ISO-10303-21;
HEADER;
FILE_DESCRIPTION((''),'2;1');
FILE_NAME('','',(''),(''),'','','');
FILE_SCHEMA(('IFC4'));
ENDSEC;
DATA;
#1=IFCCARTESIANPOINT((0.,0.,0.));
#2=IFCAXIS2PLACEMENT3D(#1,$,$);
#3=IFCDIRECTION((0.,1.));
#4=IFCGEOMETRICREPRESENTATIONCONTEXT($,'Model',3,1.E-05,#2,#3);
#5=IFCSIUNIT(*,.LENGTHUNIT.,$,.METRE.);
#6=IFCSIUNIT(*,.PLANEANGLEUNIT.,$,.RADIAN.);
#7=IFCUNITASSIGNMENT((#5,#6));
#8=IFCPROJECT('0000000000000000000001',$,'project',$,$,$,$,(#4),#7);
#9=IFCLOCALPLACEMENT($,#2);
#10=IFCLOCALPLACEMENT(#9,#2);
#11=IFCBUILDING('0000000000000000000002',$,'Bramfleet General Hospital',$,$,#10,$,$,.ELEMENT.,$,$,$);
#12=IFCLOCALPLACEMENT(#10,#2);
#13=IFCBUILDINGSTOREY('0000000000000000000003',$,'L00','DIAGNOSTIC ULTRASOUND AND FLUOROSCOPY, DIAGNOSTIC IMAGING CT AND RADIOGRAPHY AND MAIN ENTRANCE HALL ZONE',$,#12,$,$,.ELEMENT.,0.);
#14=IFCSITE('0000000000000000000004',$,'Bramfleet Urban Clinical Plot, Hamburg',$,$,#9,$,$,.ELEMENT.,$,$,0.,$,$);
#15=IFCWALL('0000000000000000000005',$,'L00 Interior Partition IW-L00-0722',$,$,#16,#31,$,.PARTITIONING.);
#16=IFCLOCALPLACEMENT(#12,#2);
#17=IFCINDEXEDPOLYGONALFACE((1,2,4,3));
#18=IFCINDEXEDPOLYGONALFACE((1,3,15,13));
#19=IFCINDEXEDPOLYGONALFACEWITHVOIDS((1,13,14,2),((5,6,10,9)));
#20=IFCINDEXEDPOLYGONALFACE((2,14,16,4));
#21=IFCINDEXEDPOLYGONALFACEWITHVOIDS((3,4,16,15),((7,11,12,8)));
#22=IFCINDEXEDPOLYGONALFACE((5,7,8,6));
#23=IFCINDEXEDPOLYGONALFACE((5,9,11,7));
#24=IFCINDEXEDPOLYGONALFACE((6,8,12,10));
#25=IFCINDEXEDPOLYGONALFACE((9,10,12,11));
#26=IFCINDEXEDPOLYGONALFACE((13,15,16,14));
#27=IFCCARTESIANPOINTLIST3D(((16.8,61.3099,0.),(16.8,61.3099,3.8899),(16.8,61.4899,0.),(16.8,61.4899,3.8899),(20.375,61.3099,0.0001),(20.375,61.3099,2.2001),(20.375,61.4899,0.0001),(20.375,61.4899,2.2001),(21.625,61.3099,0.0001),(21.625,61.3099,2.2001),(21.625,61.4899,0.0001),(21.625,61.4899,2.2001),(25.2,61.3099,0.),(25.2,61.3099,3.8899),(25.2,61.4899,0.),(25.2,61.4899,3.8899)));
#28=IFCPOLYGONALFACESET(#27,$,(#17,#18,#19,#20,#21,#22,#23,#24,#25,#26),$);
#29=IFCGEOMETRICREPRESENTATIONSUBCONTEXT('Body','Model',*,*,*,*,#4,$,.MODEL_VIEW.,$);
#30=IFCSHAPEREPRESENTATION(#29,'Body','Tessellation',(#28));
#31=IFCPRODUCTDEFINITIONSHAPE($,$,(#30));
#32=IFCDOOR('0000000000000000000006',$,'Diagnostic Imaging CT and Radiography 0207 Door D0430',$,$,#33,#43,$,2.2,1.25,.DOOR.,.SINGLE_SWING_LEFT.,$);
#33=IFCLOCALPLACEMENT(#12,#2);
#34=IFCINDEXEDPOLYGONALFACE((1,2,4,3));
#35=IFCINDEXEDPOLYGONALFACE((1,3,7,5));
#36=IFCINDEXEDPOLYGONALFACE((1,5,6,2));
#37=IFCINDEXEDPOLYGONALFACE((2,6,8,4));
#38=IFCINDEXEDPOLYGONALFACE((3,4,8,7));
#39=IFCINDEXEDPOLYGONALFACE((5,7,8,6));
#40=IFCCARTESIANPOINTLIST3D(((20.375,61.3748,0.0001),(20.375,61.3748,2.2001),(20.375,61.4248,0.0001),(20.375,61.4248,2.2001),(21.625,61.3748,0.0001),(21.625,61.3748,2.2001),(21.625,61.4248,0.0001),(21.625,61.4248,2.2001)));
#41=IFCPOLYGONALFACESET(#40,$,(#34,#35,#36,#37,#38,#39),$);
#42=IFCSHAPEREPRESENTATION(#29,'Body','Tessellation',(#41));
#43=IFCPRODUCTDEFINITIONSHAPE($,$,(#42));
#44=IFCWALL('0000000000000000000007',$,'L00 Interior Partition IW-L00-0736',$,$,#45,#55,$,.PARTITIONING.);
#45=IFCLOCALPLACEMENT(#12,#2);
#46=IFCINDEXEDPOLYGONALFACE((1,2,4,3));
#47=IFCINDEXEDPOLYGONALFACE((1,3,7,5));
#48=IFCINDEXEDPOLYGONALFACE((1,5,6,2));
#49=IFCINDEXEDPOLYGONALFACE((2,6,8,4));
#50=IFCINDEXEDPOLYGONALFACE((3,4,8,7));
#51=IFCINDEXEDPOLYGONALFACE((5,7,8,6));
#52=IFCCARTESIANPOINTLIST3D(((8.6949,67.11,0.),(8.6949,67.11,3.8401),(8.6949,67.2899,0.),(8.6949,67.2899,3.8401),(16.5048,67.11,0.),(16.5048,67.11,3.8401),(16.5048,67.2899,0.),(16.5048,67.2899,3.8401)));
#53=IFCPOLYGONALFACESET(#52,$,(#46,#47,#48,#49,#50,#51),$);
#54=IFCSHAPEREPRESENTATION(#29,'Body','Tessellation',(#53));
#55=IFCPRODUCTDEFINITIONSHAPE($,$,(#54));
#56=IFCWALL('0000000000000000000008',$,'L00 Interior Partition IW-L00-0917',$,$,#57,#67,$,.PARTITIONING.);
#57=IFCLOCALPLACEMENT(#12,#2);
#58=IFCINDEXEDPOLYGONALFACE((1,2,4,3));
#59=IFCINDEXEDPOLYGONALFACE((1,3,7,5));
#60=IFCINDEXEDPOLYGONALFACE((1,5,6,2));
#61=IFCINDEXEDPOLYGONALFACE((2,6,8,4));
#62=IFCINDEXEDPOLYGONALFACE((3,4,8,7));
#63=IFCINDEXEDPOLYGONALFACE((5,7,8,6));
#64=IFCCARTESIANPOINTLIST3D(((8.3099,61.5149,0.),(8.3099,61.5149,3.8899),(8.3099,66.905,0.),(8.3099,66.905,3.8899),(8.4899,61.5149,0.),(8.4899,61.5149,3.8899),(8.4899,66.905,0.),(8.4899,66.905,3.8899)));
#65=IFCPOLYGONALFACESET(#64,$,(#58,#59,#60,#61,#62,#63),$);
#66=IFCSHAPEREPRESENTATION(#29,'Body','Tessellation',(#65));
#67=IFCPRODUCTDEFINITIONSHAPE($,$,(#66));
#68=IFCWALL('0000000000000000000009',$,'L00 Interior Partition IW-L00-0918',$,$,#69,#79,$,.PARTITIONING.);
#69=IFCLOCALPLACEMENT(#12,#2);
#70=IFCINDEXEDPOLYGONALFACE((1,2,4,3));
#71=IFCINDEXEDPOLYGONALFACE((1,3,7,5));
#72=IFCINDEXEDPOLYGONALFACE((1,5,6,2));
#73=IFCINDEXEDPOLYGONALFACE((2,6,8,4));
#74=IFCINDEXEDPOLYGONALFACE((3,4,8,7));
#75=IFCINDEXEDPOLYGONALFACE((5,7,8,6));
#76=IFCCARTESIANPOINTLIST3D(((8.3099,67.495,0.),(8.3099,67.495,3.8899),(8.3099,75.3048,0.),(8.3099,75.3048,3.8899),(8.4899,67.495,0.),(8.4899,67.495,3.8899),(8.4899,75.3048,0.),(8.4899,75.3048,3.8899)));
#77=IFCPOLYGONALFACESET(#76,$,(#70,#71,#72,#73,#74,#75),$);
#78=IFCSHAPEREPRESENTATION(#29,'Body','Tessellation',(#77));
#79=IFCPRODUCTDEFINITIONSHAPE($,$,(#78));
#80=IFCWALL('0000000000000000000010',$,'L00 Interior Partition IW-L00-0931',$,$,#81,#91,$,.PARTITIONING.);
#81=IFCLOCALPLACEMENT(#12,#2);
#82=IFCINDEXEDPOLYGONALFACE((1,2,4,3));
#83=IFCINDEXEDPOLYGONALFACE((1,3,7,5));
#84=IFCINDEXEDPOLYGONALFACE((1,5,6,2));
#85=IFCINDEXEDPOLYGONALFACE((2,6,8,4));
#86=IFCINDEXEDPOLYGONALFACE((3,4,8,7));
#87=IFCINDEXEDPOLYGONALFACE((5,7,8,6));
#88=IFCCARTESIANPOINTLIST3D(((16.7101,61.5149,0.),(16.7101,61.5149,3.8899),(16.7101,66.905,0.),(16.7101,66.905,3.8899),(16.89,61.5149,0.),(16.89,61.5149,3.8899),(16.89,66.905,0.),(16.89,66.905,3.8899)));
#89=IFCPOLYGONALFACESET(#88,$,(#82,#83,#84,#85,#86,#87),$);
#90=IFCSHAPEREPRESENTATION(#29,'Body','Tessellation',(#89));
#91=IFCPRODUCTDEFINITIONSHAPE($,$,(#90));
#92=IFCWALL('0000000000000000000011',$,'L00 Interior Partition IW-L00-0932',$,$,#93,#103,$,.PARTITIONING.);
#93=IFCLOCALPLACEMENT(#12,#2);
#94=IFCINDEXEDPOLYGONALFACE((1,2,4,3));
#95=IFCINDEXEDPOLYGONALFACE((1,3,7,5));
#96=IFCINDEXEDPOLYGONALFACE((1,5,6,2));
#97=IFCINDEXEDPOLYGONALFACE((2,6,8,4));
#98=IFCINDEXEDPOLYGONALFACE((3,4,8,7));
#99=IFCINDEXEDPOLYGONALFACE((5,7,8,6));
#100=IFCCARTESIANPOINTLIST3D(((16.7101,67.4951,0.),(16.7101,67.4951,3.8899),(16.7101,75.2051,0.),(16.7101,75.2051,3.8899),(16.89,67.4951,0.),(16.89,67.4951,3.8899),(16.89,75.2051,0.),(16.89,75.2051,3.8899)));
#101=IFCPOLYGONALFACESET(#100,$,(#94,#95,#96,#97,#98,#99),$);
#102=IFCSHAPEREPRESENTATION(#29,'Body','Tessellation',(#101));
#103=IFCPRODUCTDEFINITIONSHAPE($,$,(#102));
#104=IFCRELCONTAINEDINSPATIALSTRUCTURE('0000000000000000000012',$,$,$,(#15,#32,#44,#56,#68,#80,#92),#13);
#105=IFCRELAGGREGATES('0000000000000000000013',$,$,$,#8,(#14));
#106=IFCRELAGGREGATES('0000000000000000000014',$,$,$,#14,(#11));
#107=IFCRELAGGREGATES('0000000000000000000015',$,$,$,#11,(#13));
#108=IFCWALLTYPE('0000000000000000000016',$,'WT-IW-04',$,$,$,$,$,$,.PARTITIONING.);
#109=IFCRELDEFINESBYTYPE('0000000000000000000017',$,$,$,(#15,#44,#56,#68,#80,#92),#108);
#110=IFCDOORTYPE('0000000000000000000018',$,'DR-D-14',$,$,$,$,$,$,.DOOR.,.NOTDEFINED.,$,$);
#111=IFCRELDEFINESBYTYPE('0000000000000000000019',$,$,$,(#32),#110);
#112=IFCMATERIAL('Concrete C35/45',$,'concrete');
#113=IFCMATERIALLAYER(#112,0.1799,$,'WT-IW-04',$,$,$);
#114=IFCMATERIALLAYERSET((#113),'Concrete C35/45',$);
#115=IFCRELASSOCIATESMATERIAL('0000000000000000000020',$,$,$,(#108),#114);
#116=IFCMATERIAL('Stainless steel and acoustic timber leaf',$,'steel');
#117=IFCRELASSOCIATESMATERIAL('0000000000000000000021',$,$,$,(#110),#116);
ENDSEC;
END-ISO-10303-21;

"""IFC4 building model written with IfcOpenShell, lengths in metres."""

from ifc_helpers import new_model, si_unit, direction, frame, frame_2d, origin, place, context, subcontext, project, spatial, rectangle, extrude, material, layer, layer_set, type_object, element, fill, save


model = new_model("IFC4")

# Units and contexts
model_context = context("Model", 3, precision=1e-05, world=origin(), true_north=direction((0.0, 1.0)))
body_context = subcontext(model_context, "Body", "Model", "MODEL_VIEW")
ifc_project = project(units=[si_unit("LENGTHUNIT", "METRE"), si_unit("PLANEANGLEUNIT", "RADIAN")], contexts=[model_context])

# Site, building, storey
site_placement = place(None, origin())
site = spatial("IfcSite", under=ifc_project, at=site_placement, Name="Bramfleet Urban Clinical Plot, Hamburg", CompositionType="ELEMENT", RefElevation=0.0)
building_placement = place(site_placement, origin())
building = spatial("IfcBuilding", under=site, at=building_placement, Name="Bramfleet General Hospital", CompositionType="ELEMENT")
storey_placement = place(building_placement, origin())
storey = spatial("IfcBuildingStorey", under=building, at=storey_placement, Name="L00", Description="DIAGNOSTIC ULTRASOUND AND FLUOROSCOPY, DIAGNOSTIC IMAGING CT AND RADIOGRAPHY AND MAIN ENTRANCE HALL ZONE", CompositionType="ELEMENT", Elevation=0.0)

# Shared definitions
ifc_material_1 = material(Name="Concrete C35/45", Category="concrete")

# Wall, opening, door
ifc_layer = layer(ifc_material_1, 0.1799, Name="WT-IW-04")
ifc_layer_set = layer_set([ifc_layer], Name="Concrete C35/45")
wall_type = type_object("IfcWallType", Name="WT-IW-04", PredefinedType="PARTITIONING", material=ifc_layer_set)
ifc_material_2 = material(Name="Stainless steel and acoustic timber leaf", Category="steel")
wall_1_placement = place(storey_placement, frame((16.8, 61.3999, 0.0), z_axis=(0.0, 0.0, 1.0), x_axis=(1.0, 0.0, 0.0)))
wall_1 = element("IfcWall", 1, at=wall_1_placement, inside=storey, type_object=wall_type, Name="L00 Interior Partition IW-L00-0722", PredefinedType="PARTITIONING", context=body_context, shape_type="SweptSolid", body=[
    extrude(rectangle(XDim=8.3999, YDim=0.1799, at=frame_2d((4.2, 0.0))), origin(), (0.0, 0.0, 1.0), 3.8899),
])
opening_1_placement = place(wall_1_placement, frame((3.575, 0.0, 0.0)))
opening_1 = element("IfcOpeningElement", 2, at=opening_1_placement, cuts=wall_1, PredefinedType="OPENING", context=body_context, shape_type="SweptSolid", body=[
    extrude(rectangle(XDim=1.25, YDim=2.2, at=frame_2d((0.625, 1.1001))), frame((0.0, 0.0999, 0.0), z_axis=(0.0, -1.0, 0.0), x_axis=(1.0, 0.0, 0.0)), (0.0, 0.0, 1.0), 0.2),
])
door_type_1 = type_object("IfcDoorType", Name="DR-D-14", OperationType="NOTDEFINED", PredefinedType="DOOR", material=ifc_material_2)
door_1_placement = place(opening_1_placement, origin())
door_1 = element("IfcDoor", 3, at=door_1_placement, inside=storey, type_object=door_type_1, Name="Diagnostic Imaging CT and Radiography 0207 Door D0430", OperationType="SINGLE_SWING_LEFT", OverallHeight=2.2, OverallWidth=1.25, PredefinedType="DOOR", context=body_context, shape_type="SweptSolid", body=[
    extrude(rectangle(XDim=1.25, YDim=2.2, at=frame_2d((0.625, 1.1001))), frame((0.0, 0.0249, 0.0), z_axis=(0.0, -1.0, 0.0), x_axis=(1.0, 0.0, 0.0)), (0.0, 0.0, 1.0), 0.05),
])
fill(opening_1, door_1)

# Walls
wall_2_placement = place(storey_placement, frame((8.6951, 67.2, 0.0), z_axis=(0.0, 0.0, 1.0), x_axis=(1.0, 0.0, 0.0)))
element("IfcWall", 4, at=wall_2_placement, inside=storey, type_object=wall_type, Name="L00 Interior Partition IW-L00-0736", PredefinedType="PARTITIONING", context=body_context, shape_type="SweptSolid", body=[
    extrude(rectangle(XDim=7.8098, YDim=0.1799, at=frame_2d((3.9048, 0.0))), origin(), (0.0, 0.0, 1.0), 3.8401),
])
wall_3_placement = place(storey_placement, frame((8.3999, 61.5149, 0.0), z_axis=(0.0, 0.0, 1.0), x_axis=(0.0, 1.0, 0.0)))
element("IfcWall", 5, at=wall_3_placement, inside=storey, type_object=wall_type, Name="L00 Interior Partition IW-L00-0917", PredefinedType="PARTITIONING", context=body_context, shape_type="SweptSolid", body=[
    extrude(rectangle(XDim=5.3901, YDim=0.1799, at=frame_2d((2.6951, 0.0))), origin(), (0.0, 0.0, 1.0), 3.8899),
])
wall_4_placement = place(storey_placement, frame((8.3999, 67.4951, 0.0), z_axis=(0.0, 0.0, 1.0), x_axis=(0.0, 1.0, 0.0)))
element("IfcWall", 6, at=wall_4_placement, inside=storey, type_object=wall_type, Name="L00 Interior Partition IW-L00-0918", PredefinedType="PARTITIONING", context=body_context, shape_type="SweptSolid", body=[
    extrude(rectangle(XDim=7.8098, YDim=0.1799, at=frame_2d((3.9048, 0.0))), origin(), (0.0, 0.0, 1.0), 3.8899),
])
wall_5_placement = place(storey_placement, frame((16.8, 61.5149, 0.0), z_axis=(0.0, 0.0, 1.0), x_axis=(0.0, 1.0, 0.0)))
element("IfcWall", 7, at=wall_5_placement, inside=storey, type_object=wall_type, Name="L00 Interior Partition IW-L00-0931", PredefinedType="PARTITIONING", context=body_context, shape_type="SweptSolid", body=[
    extrude(rectangle(XDim=5.3901, YDim=0.1799, at=frame_2d((2.6951, 0.0))), origin(), (0.0, 0.0, 1.0), 3.8899),
])
wall_6_placement = place(storey_placement, frame((16.8, 67.4951, 0.0), z_axis=(0.0, 0.0, 1.0), x_axis=(0.0, 1.0, 0.0)))
element("IfcWall", 8, at=wall_6_placement, inside=storey, type_object=wall_type, Name="L00 Interior Partition IW-L00-0932", PredefinedType="PARTITIONING", context=body_context, shape_type="SweptSolid", body=[
    extrude(rectangle(XDim=7.71, YDim=0.1799, at=frame_2d((3.855, 0.0))), origin(), (0.0, 0.0, 1.0), 3.8899),
])

save(model, "model.ifc")
